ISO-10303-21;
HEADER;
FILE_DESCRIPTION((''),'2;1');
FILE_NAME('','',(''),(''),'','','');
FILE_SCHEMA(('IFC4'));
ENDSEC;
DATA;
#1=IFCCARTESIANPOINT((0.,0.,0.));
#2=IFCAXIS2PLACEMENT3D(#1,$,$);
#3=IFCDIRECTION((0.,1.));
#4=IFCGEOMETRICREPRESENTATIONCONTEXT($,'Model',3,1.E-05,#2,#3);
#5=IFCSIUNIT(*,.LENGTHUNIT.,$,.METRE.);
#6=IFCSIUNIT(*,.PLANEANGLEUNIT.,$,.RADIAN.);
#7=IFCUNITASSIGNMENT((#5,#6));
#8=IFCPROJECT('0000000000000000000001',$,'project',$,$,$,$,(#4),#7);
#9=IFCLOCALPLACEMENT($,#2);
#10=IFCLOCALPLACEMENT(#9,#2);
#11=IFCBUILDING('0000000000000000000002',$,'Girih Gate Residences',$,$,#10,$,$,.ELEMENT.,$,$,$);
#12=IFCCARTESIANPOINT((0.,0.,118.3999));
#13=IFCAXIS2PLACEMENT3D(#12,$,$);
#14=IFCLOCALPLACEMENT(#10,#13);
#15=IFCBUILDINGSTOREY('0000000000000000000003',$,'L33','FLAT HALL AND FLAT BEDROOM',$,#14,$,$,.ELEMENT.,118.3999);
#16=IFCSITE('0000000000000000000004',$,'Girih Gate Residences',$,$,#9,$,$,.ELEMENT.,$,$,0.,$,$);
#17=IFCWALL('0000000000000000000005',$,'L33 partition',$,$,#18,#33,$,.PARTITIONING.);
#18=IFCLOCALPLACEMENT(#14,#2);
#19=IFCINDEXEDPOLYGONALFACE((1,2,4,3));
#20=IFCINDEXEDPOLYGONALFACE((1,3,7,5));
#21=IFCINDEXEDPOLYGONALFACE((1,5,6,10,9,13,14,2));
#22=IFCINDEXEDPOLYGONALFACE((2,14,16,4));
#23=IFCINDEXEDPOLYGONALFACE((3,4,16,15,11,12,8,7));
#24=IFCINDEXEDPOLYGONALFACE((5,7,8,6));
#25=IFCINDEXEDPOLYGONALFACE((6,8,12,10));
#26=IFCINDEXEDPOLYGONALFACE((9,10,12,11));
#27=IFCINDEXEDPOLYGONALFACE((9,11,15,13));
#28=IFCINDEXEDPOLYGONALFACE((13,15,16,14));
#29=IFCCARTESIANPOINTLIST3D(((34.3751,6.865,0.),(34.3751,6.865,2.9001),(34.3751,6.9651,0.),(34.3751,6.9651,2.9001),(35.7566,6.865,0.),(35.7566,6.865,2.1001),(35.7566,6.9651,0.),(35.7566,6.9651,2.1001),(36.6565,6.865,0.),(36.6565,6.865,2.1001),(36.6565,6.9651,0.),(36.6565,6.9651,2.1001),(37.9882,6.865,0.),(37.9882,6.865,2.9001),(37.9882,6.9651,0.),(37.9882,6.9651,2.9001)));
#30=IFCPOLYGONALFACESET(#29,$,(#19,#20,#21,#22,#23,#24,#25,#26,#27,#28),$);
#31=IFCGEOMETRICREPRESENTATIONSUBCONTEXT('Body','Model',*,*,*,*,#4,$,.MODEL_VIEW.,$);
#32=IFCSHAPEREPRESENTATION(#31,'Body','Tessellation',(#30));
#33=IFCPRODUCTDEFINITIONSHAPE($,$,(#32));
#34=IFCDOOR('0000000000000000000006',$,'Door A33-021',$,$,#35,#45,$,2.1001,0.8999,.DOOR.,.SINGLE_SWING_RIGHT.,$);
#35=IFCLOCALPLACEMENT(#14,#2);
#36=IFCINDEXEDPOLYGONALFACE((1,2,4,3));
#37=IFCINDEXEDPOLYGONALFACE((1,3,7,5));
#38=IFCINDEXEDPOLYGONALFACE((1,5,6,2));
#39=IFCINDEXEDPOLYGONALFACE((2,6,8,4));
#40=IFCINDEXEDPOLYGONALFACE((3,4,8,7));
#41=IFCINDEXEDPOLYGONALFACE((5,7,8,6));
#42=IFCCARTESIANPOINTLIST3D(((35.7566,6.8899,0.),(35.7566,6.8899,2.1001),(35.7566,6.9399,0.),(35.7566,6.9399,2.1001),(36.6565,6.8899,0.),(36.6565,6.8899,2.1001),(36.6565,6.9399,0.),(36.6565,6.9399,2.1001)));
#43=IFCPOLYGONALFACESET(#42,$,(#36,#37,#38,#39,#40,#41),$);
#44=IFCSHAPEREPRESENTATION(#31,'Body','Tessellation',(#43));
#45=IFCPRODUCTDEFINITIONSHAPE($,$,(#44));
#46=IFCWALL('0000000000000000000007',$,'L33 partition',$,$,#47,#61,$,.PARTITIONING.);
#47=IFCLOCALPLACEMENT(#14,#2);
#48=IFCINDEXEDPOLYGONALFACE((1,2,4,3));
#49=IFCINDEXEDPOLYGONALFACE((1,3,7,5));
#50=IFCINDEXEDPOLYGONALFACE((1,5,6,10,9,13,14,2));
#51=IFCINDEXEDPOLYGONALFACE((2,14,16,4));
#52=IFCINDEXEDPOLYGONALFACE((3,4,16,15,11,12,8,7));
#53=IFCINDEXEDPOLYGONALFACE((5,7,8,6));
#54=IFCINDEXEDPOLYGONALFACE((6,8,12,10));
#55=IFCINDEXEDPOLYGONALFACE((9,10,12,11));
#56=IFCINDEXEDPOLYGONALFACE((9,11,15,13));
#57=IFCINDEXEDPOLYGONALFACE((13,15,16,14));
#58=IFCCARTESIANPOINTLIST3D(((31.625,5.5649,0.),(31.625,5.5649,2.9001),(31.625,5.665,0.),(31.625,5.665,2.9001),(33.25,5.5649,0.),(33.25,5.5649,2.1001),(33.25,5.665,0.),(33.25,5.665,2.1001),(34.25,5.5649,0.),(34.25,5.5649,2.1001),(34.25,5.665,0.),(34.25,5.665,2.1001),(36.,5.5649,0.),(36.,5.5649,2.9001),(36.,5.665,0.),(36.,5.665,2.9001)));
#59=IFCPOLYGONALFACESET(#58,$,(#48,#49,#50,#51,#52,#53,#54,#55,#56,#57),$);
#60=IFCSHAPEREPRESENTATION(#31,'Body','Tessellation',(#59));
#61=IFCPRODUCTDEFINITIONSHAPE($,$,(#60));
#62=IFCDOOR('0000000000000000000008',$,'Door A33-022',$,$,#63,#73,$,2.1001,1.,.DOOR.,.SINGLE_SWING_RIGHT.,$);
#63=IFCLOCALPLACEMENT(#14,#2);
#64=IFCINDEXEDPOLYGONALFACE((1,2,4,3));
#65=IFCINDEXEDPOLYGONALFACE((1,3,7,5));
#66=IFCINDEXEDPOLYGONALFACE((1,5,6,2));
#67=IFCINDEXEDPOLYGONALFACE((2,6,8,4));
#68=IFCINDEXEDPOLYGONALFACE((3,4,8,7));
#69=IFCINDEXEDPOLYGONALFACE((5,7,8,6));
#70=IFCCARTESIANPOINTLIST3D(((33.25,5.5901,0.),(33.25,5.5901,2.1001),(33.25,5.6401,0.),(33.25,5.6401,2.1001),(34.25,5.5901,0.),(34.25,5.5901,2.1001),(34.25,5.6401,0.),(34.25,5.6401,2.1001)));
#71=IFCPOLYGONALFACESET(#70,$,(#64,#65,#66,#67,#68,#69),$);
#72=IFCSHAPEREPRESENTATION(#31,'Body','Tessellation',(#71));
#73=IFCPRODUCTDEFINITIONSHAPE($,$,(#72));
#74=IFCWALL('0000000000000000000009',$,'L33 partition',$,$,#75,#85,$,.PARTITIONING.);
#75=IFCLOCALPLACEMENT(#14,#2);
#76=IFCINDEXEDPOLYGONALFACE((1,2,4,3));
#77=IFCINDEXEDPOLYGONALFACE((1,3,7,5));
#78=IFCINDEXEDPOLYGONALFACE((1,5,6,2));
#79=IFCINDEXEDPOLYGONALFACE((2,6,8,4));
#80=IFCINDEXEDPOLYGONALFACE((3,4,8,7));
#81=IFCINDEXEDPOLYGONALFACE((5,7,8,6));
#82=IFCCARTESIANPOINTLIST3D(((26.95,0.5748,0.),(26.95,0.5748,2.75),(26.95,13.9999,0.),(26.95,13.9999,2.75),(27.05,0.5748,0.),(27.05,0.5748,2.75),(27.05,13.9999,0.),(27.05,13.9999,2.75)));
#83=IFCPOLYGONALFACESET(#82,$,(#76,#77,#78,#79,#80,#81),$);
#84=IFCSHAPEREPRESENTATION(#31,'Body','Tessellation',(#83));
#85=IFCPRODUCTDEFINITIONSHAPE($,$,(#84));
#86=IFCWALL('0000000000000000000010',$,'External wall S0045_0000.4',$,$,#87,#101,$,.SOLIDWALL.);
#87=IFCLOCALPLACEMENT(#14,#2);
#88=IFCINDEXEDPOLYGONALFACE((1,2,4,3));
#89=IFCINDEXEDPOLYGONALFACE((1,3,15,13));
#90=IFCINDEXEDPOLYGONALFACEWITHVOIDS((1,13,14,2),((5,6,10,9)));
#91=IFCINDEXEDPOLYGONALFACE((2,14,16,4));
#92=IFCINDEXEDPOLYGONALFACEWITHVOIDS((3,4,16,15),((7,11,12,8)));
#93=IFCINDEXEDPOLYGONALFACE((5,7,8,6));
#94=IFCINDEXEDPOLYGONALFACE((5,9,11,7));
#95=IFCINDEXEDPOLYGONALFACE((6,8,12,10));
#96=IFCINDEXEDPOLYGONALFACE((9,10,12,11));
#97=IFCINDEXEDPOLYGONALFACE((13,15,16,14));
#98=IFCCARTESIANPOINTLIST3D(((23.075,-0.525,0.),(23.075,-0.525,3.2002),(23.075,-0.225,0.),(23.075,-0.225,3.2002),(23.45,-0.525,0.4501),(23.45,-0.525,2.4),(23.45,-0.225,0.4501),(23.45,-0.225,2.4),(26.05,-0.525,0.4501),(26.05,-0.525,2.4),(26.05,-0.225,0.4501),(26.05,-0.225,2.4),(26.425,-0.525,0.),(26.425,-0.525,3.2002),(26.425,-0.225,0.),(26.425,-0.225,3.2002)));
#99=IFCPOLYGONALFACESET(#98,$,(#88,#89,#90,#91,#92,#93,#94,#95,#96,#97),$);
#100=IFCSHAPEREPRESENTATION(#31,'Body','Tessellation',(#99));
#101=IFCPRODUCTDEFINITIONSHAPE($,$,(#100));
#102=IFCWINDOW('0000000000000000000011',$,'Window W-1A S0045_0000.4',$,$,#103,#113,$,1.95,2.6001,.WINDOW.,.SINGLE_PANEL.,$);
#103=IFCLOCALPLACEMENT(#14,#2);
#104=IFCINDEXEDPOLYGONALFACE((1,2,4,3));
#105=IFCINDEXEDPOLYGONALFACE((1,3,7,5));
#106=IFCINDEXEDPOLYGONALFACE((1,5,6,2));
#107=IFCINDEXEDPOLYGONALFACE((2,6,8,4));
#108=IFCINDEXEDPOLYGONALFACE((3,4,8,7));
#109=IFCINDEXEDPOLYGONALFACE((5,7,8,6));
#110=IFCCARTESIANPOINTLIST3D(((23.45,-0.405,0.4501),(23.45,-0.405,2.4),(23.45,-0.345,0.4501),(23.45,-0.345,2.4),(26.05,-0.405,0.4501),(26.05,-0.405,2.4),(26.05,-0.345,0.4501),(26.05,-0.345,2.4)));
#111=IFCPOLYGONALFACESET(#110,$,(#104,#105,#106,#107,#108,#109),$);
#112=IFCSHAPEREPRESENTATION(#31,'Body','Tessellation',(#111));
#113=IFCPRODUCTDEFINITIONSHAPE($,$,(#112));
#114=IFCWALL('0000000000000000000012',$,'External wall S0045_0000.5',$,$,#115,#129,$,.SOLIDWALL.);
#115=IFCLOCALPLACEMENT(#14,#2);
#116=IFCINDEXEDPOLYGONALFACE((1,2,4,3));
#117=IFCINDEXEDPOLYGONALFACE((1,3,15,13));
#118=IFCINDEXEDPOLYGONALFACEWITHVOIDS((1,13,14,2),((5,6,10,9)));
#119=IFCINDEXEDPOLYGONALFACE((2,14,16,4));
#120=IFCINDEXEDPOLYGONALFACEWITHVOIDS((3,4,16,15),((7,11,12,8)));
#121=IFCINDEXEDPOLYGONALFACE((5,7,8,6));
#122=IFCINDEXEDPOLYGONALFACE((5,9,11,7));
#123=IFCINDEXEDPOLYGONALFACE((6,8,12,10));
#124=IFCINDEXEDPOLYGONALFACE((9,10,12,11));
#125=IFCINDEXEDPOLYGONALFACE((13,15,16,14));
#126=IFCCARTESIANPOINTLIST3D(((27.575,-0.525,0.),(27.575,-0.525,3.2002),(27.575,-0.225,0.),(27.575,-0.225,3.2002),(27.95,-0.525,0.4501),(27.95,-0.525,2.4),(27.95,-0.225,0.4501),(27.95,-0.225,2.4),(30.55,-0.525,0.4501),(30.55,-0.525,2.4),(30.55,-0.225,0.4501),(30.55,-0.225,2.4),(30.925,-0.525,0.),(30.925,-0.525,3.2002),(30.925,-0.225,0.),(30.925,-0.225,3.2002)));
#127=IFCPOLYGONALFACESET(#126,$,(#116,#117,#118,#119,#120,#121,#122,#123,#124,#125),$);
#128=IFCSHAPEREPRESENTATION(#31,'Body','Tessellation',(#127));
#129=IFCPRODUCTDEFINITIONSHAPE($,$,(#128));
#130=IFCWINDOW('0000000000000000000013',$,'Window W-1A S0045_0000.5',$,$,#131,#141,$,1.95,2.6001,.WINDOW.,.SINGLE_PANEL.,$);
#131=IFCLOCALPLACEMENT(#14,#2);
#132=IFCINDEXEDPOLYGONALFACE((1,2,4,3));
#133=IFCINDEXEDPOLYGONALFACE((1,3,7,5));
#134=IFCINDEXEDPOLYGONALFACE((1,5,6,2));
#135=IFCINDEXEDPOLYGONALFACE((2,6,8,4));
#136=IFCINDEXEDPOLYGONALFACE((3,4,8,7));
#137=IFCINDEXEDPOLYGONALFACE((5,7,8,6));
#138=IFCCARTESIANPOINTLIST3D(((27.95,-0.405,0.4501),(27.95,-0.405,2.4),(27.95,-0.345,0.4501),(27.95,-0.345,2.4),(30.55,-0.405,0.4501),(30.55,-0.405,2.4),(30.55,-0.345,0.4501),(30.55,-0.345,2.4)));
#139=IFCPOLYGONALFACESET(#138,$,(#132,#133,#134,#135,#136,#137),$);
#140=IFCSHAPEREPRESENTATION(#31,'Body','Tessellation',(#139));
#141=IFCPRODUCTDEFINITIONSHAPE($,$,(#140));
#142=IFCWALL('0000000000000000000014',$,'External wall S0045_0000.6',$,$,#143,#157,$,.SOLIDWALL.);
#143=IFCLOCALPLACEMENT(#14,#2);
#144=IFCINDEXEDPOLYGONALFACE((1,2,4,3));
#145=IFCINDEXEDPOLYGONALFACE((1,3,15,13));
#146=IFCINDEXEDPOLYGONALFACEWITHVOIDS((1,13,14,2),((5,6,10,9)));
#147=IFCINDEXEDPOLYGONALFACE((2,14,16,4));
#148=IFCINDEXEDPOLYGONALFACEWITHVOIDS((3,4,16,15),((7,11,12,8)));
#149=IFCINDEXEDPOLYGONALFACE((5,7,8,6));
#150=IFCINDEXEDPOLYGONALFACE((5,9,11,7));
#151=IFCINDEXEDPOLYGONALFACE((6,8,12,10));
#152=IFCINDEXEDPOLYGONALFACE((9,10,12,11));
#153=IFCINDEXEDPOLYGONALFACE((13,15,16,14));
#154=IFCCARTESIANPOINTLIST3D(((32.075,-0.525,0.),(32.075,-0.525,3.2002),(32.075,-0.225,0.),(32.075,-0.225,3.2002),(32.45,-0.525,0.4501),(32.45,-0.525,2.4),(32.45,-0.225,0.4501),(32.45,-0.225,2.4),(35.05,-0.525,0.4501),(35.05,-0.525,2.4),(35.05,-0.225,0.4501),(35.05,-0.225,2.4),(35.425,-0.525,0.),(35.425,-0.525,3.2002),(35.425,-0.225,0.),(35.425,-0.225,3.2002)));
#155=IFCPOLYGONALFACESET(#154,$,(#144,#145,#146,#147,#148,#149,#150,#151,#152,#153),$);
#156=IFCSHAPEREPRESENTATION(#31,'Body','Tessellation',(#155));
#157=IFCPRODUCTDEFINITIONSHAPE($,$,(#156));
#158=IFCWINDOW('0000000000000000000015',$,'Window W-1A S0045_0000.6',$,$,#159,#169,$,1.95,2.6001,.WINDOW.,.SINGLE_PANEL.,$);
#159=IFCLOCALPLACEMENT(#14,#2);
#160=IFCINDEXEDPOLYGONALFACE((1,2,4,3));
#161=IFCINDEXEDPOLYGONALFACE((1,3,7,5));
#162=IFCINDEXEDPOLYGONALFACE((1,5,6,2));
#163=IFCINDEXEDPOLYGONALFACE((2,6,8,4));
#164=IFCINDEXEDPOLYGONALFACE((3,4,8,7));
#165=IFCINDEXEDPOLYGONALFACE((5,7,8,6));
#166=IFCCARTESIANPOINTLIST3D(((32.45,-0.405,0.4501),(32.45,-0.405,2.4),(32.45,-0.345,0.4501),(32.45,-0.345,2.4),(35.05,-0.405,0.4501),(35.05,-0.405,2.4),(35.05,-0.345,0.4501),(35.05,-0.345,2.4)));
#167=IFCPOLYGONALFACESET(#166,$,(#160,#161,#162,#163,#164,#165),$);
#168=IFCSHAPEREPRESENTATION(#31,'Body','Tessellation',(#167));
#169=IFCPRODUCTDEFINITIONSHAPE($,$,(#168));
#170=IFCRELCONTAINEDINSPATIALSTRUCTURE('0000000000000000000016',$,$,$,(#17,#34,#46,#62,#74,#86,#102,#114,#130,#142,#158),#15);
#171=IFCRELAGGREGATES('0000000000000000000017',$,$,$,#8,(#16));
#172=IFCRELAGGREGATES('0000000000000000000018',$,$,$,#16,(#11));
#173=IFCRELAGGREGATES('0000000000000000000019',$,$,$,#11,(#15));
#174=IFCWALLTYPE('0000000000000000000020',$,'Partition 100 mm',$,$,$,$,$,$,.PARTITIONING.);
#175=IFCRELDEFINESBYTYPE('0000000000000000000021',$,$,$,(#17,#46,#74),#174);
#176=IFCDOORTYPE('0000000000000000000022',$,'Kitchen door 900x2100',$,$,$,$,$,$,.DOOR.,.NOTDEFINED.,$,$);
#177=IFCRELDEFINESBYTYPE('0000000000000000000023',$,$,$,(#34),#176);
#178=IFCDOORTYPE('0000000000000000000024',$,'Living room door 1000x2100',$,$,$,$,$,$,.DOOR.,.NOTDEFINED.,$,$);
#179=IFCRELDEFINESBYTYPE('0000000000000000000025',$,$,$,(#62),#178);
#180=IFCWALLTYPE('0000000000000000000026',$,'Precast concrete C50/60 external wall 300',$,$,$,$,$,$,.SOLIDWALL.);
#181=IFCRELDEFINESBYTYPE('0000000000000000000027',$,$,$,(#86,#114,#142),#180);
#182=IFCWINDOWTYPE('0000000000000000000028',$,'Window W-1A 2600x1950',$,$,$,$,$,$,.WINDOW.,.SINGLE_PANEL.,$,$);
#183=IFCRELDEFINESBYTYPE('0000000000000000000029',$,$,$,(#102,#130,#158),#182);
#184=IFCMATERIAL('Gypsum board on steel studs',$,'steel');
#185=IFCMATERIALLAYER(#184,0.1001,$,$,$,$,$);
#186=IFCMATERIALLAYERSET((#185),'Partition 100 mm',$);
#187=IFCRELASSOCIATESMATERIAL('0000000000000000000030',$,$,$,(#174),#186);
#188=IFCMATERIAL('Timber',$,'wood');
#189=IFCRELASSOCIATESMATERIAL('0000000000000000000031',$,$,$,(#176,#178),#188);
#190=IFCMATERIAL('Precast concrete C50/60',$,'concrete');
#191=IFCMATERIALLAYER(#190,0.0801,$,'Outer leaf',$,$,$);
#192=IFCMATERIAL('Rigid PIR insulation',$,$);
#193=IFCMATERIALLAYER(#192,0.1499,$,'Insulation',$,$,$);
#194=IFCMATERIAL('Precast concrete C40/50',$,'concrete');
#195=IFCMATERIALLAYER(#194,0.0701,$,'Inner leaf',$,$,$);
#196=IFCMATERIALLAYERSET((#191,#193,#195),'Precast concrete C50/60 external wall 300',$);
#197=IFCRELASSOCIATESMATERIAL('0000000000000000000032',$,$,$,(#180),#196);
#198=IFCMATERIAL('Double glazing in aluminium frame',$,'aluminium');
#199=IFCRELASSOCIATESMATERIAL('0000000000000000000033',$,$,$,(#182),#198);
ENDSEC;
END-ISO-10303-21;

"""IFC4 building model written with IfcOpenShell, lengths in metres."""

from ifc_helpers import new_model, si_unit, direction, frame, frame_2d, origin, place, context, subcontext, project, spatial, rectangle, extrude, material, layer, layer_set, type_object, element, fill, save


model = new_model("IFC4")

# Units and contexts
model_context = context("Model", 3, precision=1e-05, world=origin(), true_north=direction((0.0, 1.0)))
body_context = subcontext(model_context, "Body", "Model", "MODEL_VIEW")
ifc_project = project(units=[si_unit("LENGTHUNIT", "METRE"), si_unit("PLANEANGLEUNIT", "RADIAN")], contexts=[model_context])

# Site, building, storey
site_placement = place(None, origin())
site = spatial("IfcSite", under=ifc_project, at=site_placement, Name="Girih Gate Residences", CompositionType="ELEMENT", RefElevation=0.0)
building_placement = place(site_placement, origin())
building = spatial("IfcBuilding", under=site, at=building_placement, Name="Girih Gate Residences", CompositionType="ELEMENT")
storey_placement = place(building_placement, frame((0.0, 0.0, 118.3999)))
storey = spatial("IfcBuildingStorey", under=building, at=storey_placement, Name="L33", Description="FLAT HALL AND FLAT BEDROOM", CompositionType="ELEMENT", Elevation=118.3999)

# Shared definitions
ifc_material_1 = material(Name="Gypsum board on steel studs", Category="steel")

# Shared definitions
ifc_layer_1 = layer(ifc_material_1, 0.1001)
ifc_layer_set_1 = layer_set([ifc_layer_1], Name="Partition 100 mm")
wall_type_1 = type_object("IfcWallType", Name="Partition 100 mm", PredefinedType="PARTITIONING", material=ifc_layer_set_1)
ifc_material_2 = material(Name="Timber", Category="wood")

# Walls, openings, doors
wall_1_placement = place(storey_placement, frame((34.375, 6.915, 0.0), z_axis=(0.0, 0.0, 1.0), x_axis=(1.0, 0.0, 0.0)))
wall_1 = element("IfcWall", 1, at=wall_1_placement, inside=storey, type_object=wall_type_1, Name="L33 partition", PredefinedType="PARTITIONING", context=body_context, shape_type="SweptSolid", body=[
    extrude(rectangle(XDim=3.613, YDim=0.1001, at=frame_2d((1.8066, 0.0))), origin(), (0.0, 0.0, 1.0), 2.9001),
])
opening_1_placement = place(wall_1_placement, frame((1.3816, 0.0, 0.0)))
opening_1 = element("IfcOpeningElement", 2, at=opening_1_placement, cuts=wall_1, PredefinedType="OPENING", context=body_context, shape_type="SweptSolid", body=[
    extrude(rectangle(XDim=0.8999, YDim=2.1001, at=frame_2d((0.45, 1.05))), frame((0.0, 0.0601, 0.0), z_axis=(0.0, -1.0, 0.0), x_axis=(1.0, 0.0, 0.0)), (0.0, 0.0, 1.0), 0.1201),
])
door_type_1 = type_object("IfcDoorType", Name="Kitchen door 900x2100", OperationType="NOTDEFINED", PredefinedType="DOOR", material=ifc_material_2)
door_1_placement = place(opening_1_placement, origin())
door_1 = element("IfcDoor", 3, at=door_1_placement, inside=storey, type_object=door_type_1, Name="Door A33-021", OperationType="SINGLE_SWING_RIGHT", OverallHeight=2.1001, OverallWidth=0.8999, PredefinedType="DOOR", context=body_context, shape_type="SweptSolid", body=[
    extrude(rectangle(XDim=0.8999, YDim=2.1001, at=frame_2d((0.45, 1.05))), frame((0.0, 0.0249, 0.0), z_axis=(0.0, -1.0, 0.0), x_axis=(1.0, 0.0, 0.0)), (0.0, 0.0, 1.0), 0.05),
])
fill(opening_1, door_1)
wall_2_placement = place(storey_placement, frame((36.0, 5.615, 0.0), z_axis=(0.0, 0.0, 1.0), x_axis=(-1.0, 0.0, 0.0)))
wall_2 = element("IfcWall", 4, at=wall_2_placement, inside=storey, type_object=wall_type_1, Name="L33 partition", PredefinedType="PARTITIONING", context=body_context, shape_type="SweptSolid", body=[
    extrude(rectangle(XDim=4.375, YDim=0.1001, at=frame_2d((2.1875, 0.0))), origin(), (0.0, 0.0, 1.0), 2.9001),
])
opening_2_placement = place(wall_2_placement, frame((1.75, 0.0, 0.0)))
opening_2 = element("IfcOpeningElement", 5, at=opening_2_placement, cuts=wall_2, PredefinedType="OPENING", context=body_context, shape_type="SweptSolid", body=[
    extrude(rectangle(XDim=1.0, YDim=2.1001, at=frame_2d((0.5, 1.05))), frame((0.0, 0.0601, 0.0), z_axis=(0.0, -1.0, 0.0), x_axis=(1.0, 0.0, 0.0)), (0.0, 0.0, 1.0), 0.1201),
])
door_type_2 = type_object("IfcDoorType", Name="Living room door 1000x2100", OperationType="NOTDEFINED", PredefinedType="DOOR", material=ifc_material_2)
door_2_placement = place(opening_2_placement, origin())
door_2 = element("IfcDoor", 6, at=door_2_placement, inside=storey, type_object=door_type_2, Name="Door A33-022", OperationType="SINGLE_SWING_RIGHT", OverallHeight=2.1001, OverallWidth=1.0, PredefinedType="DOOR", context=body_context, shape_type="SweptSolid", body=[
    extrude(rectangle(XDim=1.0, YDim=2.1001, at=frame_2d((0.5, 1.05))), frame((0.0, 0.0249, 0.0), z_axis=(0.0, -1.0, 0.0), x_axis=(1.0, 0.0, 0.0)), (0.0, 0.0, 1.0), 0.05),
])
fill(opening_2, door_2)

# Wall
wall_3_placement = place(storey_placement, frame((27.0, 0.575, 0.0), z_axis=(0.0, 0.0, 1.0), x_axis=(0.0, 1.0, 0.0)))
element("IfcWall", 7, at=wall_3_placement, inside=storey, type_object=wall_type_1, Name="L33 partition", PredefinedType="PARTITIONING", context=body_context, shape_type="SweptSolid", body=[
    extrude(rectangle(XDim=13.425, YDim=0.1001, at=frame_2d((6.7124, 0.0))), origin(), (0.0, 0.0, 1.0), 2.75),
])

# Walls, openings, windows
ifc_material_3 = material(Name="Precast concrete C50/60", Category="concrete")
ifc_layer_2 = layer(ifc_material_3, 0.0801, Name="Outer leaf")
ifc_material_4 = material(Name="Rigid PIR insulation")
ifc_layer_3 = layer(ifc_material_4, 0.1499, Name="Insulation")
ifc_material_5 = material(Name="Precast concrete C40/50", Category="concrete")
ifc_layer_4 = layer(ifc_material_5, 0.0701, Name="Inner leaf")
ifc_layer_set_2 = layer_set([ifc_layer_2, ifc_layer_3, ifc_layer_4], Name="Precast concrete C50/60 external wall 300")
wall_type_2 = type_object("IfcWallType", Name="Precast concrete C50/60 external wall 300", PredefinedType="SOLIDWALL", material=ifc_layer_set_2)
wall_4_placement = place(storey_placement, frame((26.425, -0.375, 0.0), z_axis=(0.0, 0.0, 1.0), x_axis=(-1.0, 0.0, 0.0)))
wall_4 = element("IfcWall", 8, at=wall_4_placement, inside=storey, type_object=wall_type_2, Name="External wall S0045_0000.4", PredefinedType="SOLIDWALL", context=body_context, shape_type="SweptSolid", body=[
    extrude(rectangle(XDim=3.3501, YDim=0.3, at=frame_2d((1.675, 0.0))), origin(), (0.0, 0.0, 1.0), 3.2002),
])
opening_3_placement = place(wall_4_placement, frame((0.375, 0.0, 0.45)))
opening_3 = element("IfcOpeningElement", 9, at=opening_3_placement, cuts=wall_4, PredefinedType="OPENING", context=body_context, shape_type="SweptSolid", body=[
    extrude(rectangle(XDim=2.6001, YDim=1.95, at=frame_2d((1.3, 0.9751))), frame((0.0, 0.1599, 0.0), z_axis=(0.0, -1.0, 0.0), x_axis=(1.0, 0.0, 0.0)), (0.0, 0.0, 1.0), 0.3201),
])
ifc_material_6 = material(Name="Double glazing in aluminium frame", Category="aluminium")
window_type = type_object("IfcWindowType", Name="Window W-1A 2600x1950", PartitioningType="SINGLE_PANEL", PredefinedType="WINDOW", material=ifc_material_6)
window_1_placement = place(opening_3_placement, origin())
window_1 = element("IfcWindow", 10, at=window_1_placement, inside=storey, type_object=window_type, Name="Window W-1A S0045_0000.4", OverallHeight=1.95, OverallWidth=2.6001, PartitioningType="SINGLE_PANEL", PredefinedType="WINDOW", context=body_context, shape_type="SweptSolid", body=[
    extrude(rectangle(XDim=2.6001, YDim=1.95, at=frame_2d((1.3, 0.9751))), frame((0.0, 0.03, 0.0), z_axis=(0.0, -1.0, 0.0), x_axis=(1.0, 0.0, 0.0)), (0.0, 0.0, 1.0), 0.0601),
])
fill(opening_3, window_1)
wall_5_placement = place(storey_placement, frame((30.925, -0.375, 0.0), z_axis=(0.0, 0.0, 1.0), x_axis=(-1.0, 0.0, 0.0)))
wall_5 = element("IfcWall", 11, at=wall_5_placement, inside=storey, type_object=wall_type_2, Name="External wall S0045_0000.5", PredefinedType="SOLIDWALL", context=body_context, shape_type="SweptSolid", body=[
    extrude(rectangle(XDim=3.3501, YDim=0.3, at=frame_2d((1.675, 0.0))), origin(), (0.0, 0.0, 1.0), 3.2002),
])
opening_4_placement = place(wall_5_placement, frame((0.375, 0.0, 0.45)))
opening_4 = element("IfcOpeningElement", 12, at=opening_4_placement, cuts=wall_5, PredefinedType="OPENING", context=body_context, shape_type="SweptSolid", body=[
    extrude(rectangle(XDim=2.6001, YDim=1.95, at=frame_2d((1.3, 0.9751))), frame((0.0, 0.1599, 0.0), z_axis=(0.0, -1.0, 0.0), x_axis=(1.0, 0.0, 0.0)), (0.0, 0.0, 1.0), 0.3201),
])
window_2_placement = place(opening_4_placement, origin())
window_2 = element("IfcWindow", 13, at=window_2_placement, inside=storey, type_object=window_type, Name="Window W-1A S0045_0000.5", OverallHeight=1.95, OverallWidth=2.6001, PartitioningType="SINGLE_PANEL", PredefinedType="WINDOW", context=body_context, shape_type="SweptSolid", body=[
    extrude(rectangle(XDim=2.6001, YDim=1.95, at=frame_2d((1.3, 0.9751))), frame((0.0, 0.03, 0.0), z_axis=(0.0, -1.0, 0.0), x_axis=(1.0, 0.0, 0.0)), (0.0, 0.0, 1.0), 0.0601),
])
fill(opening_4, window_2)
wall_6_placement = place(storey_placement, frame((35.425, -0.375, 0.0), z_axis=(0.0, 0.0, 1.0), x_axis=(-1.0, 0.0, 0.0)))
wall_6 = element("IfcWall", 14, at=wall_6_placement, inside=storey, type_object=wall_type_2, Name="External wall S0045_0000.6", PredefinedType="SOLIDWALL", context=body_context, shape_type="SweptSolid", body=[
    extrude(rectangle(XDim=3.3501, YDim=0.3, at=frame_2d((1.675, 0.0))), origin(), (0.0, 0.0, 1.0), 3.2002),
])
opening_5_placement = place(wall_6_placement, frame((0.375, 0.0, 0.45)))
opening_5 = element("IfcOpeningElement", 15, at=opening_5_placement, cuts=wall_6, PredefinedType="OPENING", context=body_context, shape_type="SweptSolid", body=[
    extrude(rectangle(XDim=2.6001, YDim=1.95, at=frame_2d((1.3, 0.9751))), frame((0.0, 0.1599, 0.0), z_axis=(0.0, -1.0, 0.0), x_axis=(1.0, 0.0, 0.0)), (0.0, 0.0, 1.0), 0.3201),
])
window_3_placement = place(opening_5_placement, origin())
window_3 = element("IfcWindow", 16, at=window_3_placement, inside=storey, type_object=window_type, Name="Window W-1A S0045_0000.6", OverallHeight=1.95, OverallWidth=2.6001, PartitioningType="SINGLE_PANEL", PredefinedType="WINDOW", context=body_context, shape_type="SweptSolid", body=[
    extrude(rectangle(XDim=2.6001, YDim=1.95, at=frame_2d((1.3, 0.9751))), frame((0.0, 0.03, 0.0), z_axis=(0.0, -1.0, 0.0), x_axis=(1.0, 0.0, 0.0)), (0.0, 0.0, 1.0), 0.0601),
])
fill(opening_5, window_3)

save(model, "model.ifc")
